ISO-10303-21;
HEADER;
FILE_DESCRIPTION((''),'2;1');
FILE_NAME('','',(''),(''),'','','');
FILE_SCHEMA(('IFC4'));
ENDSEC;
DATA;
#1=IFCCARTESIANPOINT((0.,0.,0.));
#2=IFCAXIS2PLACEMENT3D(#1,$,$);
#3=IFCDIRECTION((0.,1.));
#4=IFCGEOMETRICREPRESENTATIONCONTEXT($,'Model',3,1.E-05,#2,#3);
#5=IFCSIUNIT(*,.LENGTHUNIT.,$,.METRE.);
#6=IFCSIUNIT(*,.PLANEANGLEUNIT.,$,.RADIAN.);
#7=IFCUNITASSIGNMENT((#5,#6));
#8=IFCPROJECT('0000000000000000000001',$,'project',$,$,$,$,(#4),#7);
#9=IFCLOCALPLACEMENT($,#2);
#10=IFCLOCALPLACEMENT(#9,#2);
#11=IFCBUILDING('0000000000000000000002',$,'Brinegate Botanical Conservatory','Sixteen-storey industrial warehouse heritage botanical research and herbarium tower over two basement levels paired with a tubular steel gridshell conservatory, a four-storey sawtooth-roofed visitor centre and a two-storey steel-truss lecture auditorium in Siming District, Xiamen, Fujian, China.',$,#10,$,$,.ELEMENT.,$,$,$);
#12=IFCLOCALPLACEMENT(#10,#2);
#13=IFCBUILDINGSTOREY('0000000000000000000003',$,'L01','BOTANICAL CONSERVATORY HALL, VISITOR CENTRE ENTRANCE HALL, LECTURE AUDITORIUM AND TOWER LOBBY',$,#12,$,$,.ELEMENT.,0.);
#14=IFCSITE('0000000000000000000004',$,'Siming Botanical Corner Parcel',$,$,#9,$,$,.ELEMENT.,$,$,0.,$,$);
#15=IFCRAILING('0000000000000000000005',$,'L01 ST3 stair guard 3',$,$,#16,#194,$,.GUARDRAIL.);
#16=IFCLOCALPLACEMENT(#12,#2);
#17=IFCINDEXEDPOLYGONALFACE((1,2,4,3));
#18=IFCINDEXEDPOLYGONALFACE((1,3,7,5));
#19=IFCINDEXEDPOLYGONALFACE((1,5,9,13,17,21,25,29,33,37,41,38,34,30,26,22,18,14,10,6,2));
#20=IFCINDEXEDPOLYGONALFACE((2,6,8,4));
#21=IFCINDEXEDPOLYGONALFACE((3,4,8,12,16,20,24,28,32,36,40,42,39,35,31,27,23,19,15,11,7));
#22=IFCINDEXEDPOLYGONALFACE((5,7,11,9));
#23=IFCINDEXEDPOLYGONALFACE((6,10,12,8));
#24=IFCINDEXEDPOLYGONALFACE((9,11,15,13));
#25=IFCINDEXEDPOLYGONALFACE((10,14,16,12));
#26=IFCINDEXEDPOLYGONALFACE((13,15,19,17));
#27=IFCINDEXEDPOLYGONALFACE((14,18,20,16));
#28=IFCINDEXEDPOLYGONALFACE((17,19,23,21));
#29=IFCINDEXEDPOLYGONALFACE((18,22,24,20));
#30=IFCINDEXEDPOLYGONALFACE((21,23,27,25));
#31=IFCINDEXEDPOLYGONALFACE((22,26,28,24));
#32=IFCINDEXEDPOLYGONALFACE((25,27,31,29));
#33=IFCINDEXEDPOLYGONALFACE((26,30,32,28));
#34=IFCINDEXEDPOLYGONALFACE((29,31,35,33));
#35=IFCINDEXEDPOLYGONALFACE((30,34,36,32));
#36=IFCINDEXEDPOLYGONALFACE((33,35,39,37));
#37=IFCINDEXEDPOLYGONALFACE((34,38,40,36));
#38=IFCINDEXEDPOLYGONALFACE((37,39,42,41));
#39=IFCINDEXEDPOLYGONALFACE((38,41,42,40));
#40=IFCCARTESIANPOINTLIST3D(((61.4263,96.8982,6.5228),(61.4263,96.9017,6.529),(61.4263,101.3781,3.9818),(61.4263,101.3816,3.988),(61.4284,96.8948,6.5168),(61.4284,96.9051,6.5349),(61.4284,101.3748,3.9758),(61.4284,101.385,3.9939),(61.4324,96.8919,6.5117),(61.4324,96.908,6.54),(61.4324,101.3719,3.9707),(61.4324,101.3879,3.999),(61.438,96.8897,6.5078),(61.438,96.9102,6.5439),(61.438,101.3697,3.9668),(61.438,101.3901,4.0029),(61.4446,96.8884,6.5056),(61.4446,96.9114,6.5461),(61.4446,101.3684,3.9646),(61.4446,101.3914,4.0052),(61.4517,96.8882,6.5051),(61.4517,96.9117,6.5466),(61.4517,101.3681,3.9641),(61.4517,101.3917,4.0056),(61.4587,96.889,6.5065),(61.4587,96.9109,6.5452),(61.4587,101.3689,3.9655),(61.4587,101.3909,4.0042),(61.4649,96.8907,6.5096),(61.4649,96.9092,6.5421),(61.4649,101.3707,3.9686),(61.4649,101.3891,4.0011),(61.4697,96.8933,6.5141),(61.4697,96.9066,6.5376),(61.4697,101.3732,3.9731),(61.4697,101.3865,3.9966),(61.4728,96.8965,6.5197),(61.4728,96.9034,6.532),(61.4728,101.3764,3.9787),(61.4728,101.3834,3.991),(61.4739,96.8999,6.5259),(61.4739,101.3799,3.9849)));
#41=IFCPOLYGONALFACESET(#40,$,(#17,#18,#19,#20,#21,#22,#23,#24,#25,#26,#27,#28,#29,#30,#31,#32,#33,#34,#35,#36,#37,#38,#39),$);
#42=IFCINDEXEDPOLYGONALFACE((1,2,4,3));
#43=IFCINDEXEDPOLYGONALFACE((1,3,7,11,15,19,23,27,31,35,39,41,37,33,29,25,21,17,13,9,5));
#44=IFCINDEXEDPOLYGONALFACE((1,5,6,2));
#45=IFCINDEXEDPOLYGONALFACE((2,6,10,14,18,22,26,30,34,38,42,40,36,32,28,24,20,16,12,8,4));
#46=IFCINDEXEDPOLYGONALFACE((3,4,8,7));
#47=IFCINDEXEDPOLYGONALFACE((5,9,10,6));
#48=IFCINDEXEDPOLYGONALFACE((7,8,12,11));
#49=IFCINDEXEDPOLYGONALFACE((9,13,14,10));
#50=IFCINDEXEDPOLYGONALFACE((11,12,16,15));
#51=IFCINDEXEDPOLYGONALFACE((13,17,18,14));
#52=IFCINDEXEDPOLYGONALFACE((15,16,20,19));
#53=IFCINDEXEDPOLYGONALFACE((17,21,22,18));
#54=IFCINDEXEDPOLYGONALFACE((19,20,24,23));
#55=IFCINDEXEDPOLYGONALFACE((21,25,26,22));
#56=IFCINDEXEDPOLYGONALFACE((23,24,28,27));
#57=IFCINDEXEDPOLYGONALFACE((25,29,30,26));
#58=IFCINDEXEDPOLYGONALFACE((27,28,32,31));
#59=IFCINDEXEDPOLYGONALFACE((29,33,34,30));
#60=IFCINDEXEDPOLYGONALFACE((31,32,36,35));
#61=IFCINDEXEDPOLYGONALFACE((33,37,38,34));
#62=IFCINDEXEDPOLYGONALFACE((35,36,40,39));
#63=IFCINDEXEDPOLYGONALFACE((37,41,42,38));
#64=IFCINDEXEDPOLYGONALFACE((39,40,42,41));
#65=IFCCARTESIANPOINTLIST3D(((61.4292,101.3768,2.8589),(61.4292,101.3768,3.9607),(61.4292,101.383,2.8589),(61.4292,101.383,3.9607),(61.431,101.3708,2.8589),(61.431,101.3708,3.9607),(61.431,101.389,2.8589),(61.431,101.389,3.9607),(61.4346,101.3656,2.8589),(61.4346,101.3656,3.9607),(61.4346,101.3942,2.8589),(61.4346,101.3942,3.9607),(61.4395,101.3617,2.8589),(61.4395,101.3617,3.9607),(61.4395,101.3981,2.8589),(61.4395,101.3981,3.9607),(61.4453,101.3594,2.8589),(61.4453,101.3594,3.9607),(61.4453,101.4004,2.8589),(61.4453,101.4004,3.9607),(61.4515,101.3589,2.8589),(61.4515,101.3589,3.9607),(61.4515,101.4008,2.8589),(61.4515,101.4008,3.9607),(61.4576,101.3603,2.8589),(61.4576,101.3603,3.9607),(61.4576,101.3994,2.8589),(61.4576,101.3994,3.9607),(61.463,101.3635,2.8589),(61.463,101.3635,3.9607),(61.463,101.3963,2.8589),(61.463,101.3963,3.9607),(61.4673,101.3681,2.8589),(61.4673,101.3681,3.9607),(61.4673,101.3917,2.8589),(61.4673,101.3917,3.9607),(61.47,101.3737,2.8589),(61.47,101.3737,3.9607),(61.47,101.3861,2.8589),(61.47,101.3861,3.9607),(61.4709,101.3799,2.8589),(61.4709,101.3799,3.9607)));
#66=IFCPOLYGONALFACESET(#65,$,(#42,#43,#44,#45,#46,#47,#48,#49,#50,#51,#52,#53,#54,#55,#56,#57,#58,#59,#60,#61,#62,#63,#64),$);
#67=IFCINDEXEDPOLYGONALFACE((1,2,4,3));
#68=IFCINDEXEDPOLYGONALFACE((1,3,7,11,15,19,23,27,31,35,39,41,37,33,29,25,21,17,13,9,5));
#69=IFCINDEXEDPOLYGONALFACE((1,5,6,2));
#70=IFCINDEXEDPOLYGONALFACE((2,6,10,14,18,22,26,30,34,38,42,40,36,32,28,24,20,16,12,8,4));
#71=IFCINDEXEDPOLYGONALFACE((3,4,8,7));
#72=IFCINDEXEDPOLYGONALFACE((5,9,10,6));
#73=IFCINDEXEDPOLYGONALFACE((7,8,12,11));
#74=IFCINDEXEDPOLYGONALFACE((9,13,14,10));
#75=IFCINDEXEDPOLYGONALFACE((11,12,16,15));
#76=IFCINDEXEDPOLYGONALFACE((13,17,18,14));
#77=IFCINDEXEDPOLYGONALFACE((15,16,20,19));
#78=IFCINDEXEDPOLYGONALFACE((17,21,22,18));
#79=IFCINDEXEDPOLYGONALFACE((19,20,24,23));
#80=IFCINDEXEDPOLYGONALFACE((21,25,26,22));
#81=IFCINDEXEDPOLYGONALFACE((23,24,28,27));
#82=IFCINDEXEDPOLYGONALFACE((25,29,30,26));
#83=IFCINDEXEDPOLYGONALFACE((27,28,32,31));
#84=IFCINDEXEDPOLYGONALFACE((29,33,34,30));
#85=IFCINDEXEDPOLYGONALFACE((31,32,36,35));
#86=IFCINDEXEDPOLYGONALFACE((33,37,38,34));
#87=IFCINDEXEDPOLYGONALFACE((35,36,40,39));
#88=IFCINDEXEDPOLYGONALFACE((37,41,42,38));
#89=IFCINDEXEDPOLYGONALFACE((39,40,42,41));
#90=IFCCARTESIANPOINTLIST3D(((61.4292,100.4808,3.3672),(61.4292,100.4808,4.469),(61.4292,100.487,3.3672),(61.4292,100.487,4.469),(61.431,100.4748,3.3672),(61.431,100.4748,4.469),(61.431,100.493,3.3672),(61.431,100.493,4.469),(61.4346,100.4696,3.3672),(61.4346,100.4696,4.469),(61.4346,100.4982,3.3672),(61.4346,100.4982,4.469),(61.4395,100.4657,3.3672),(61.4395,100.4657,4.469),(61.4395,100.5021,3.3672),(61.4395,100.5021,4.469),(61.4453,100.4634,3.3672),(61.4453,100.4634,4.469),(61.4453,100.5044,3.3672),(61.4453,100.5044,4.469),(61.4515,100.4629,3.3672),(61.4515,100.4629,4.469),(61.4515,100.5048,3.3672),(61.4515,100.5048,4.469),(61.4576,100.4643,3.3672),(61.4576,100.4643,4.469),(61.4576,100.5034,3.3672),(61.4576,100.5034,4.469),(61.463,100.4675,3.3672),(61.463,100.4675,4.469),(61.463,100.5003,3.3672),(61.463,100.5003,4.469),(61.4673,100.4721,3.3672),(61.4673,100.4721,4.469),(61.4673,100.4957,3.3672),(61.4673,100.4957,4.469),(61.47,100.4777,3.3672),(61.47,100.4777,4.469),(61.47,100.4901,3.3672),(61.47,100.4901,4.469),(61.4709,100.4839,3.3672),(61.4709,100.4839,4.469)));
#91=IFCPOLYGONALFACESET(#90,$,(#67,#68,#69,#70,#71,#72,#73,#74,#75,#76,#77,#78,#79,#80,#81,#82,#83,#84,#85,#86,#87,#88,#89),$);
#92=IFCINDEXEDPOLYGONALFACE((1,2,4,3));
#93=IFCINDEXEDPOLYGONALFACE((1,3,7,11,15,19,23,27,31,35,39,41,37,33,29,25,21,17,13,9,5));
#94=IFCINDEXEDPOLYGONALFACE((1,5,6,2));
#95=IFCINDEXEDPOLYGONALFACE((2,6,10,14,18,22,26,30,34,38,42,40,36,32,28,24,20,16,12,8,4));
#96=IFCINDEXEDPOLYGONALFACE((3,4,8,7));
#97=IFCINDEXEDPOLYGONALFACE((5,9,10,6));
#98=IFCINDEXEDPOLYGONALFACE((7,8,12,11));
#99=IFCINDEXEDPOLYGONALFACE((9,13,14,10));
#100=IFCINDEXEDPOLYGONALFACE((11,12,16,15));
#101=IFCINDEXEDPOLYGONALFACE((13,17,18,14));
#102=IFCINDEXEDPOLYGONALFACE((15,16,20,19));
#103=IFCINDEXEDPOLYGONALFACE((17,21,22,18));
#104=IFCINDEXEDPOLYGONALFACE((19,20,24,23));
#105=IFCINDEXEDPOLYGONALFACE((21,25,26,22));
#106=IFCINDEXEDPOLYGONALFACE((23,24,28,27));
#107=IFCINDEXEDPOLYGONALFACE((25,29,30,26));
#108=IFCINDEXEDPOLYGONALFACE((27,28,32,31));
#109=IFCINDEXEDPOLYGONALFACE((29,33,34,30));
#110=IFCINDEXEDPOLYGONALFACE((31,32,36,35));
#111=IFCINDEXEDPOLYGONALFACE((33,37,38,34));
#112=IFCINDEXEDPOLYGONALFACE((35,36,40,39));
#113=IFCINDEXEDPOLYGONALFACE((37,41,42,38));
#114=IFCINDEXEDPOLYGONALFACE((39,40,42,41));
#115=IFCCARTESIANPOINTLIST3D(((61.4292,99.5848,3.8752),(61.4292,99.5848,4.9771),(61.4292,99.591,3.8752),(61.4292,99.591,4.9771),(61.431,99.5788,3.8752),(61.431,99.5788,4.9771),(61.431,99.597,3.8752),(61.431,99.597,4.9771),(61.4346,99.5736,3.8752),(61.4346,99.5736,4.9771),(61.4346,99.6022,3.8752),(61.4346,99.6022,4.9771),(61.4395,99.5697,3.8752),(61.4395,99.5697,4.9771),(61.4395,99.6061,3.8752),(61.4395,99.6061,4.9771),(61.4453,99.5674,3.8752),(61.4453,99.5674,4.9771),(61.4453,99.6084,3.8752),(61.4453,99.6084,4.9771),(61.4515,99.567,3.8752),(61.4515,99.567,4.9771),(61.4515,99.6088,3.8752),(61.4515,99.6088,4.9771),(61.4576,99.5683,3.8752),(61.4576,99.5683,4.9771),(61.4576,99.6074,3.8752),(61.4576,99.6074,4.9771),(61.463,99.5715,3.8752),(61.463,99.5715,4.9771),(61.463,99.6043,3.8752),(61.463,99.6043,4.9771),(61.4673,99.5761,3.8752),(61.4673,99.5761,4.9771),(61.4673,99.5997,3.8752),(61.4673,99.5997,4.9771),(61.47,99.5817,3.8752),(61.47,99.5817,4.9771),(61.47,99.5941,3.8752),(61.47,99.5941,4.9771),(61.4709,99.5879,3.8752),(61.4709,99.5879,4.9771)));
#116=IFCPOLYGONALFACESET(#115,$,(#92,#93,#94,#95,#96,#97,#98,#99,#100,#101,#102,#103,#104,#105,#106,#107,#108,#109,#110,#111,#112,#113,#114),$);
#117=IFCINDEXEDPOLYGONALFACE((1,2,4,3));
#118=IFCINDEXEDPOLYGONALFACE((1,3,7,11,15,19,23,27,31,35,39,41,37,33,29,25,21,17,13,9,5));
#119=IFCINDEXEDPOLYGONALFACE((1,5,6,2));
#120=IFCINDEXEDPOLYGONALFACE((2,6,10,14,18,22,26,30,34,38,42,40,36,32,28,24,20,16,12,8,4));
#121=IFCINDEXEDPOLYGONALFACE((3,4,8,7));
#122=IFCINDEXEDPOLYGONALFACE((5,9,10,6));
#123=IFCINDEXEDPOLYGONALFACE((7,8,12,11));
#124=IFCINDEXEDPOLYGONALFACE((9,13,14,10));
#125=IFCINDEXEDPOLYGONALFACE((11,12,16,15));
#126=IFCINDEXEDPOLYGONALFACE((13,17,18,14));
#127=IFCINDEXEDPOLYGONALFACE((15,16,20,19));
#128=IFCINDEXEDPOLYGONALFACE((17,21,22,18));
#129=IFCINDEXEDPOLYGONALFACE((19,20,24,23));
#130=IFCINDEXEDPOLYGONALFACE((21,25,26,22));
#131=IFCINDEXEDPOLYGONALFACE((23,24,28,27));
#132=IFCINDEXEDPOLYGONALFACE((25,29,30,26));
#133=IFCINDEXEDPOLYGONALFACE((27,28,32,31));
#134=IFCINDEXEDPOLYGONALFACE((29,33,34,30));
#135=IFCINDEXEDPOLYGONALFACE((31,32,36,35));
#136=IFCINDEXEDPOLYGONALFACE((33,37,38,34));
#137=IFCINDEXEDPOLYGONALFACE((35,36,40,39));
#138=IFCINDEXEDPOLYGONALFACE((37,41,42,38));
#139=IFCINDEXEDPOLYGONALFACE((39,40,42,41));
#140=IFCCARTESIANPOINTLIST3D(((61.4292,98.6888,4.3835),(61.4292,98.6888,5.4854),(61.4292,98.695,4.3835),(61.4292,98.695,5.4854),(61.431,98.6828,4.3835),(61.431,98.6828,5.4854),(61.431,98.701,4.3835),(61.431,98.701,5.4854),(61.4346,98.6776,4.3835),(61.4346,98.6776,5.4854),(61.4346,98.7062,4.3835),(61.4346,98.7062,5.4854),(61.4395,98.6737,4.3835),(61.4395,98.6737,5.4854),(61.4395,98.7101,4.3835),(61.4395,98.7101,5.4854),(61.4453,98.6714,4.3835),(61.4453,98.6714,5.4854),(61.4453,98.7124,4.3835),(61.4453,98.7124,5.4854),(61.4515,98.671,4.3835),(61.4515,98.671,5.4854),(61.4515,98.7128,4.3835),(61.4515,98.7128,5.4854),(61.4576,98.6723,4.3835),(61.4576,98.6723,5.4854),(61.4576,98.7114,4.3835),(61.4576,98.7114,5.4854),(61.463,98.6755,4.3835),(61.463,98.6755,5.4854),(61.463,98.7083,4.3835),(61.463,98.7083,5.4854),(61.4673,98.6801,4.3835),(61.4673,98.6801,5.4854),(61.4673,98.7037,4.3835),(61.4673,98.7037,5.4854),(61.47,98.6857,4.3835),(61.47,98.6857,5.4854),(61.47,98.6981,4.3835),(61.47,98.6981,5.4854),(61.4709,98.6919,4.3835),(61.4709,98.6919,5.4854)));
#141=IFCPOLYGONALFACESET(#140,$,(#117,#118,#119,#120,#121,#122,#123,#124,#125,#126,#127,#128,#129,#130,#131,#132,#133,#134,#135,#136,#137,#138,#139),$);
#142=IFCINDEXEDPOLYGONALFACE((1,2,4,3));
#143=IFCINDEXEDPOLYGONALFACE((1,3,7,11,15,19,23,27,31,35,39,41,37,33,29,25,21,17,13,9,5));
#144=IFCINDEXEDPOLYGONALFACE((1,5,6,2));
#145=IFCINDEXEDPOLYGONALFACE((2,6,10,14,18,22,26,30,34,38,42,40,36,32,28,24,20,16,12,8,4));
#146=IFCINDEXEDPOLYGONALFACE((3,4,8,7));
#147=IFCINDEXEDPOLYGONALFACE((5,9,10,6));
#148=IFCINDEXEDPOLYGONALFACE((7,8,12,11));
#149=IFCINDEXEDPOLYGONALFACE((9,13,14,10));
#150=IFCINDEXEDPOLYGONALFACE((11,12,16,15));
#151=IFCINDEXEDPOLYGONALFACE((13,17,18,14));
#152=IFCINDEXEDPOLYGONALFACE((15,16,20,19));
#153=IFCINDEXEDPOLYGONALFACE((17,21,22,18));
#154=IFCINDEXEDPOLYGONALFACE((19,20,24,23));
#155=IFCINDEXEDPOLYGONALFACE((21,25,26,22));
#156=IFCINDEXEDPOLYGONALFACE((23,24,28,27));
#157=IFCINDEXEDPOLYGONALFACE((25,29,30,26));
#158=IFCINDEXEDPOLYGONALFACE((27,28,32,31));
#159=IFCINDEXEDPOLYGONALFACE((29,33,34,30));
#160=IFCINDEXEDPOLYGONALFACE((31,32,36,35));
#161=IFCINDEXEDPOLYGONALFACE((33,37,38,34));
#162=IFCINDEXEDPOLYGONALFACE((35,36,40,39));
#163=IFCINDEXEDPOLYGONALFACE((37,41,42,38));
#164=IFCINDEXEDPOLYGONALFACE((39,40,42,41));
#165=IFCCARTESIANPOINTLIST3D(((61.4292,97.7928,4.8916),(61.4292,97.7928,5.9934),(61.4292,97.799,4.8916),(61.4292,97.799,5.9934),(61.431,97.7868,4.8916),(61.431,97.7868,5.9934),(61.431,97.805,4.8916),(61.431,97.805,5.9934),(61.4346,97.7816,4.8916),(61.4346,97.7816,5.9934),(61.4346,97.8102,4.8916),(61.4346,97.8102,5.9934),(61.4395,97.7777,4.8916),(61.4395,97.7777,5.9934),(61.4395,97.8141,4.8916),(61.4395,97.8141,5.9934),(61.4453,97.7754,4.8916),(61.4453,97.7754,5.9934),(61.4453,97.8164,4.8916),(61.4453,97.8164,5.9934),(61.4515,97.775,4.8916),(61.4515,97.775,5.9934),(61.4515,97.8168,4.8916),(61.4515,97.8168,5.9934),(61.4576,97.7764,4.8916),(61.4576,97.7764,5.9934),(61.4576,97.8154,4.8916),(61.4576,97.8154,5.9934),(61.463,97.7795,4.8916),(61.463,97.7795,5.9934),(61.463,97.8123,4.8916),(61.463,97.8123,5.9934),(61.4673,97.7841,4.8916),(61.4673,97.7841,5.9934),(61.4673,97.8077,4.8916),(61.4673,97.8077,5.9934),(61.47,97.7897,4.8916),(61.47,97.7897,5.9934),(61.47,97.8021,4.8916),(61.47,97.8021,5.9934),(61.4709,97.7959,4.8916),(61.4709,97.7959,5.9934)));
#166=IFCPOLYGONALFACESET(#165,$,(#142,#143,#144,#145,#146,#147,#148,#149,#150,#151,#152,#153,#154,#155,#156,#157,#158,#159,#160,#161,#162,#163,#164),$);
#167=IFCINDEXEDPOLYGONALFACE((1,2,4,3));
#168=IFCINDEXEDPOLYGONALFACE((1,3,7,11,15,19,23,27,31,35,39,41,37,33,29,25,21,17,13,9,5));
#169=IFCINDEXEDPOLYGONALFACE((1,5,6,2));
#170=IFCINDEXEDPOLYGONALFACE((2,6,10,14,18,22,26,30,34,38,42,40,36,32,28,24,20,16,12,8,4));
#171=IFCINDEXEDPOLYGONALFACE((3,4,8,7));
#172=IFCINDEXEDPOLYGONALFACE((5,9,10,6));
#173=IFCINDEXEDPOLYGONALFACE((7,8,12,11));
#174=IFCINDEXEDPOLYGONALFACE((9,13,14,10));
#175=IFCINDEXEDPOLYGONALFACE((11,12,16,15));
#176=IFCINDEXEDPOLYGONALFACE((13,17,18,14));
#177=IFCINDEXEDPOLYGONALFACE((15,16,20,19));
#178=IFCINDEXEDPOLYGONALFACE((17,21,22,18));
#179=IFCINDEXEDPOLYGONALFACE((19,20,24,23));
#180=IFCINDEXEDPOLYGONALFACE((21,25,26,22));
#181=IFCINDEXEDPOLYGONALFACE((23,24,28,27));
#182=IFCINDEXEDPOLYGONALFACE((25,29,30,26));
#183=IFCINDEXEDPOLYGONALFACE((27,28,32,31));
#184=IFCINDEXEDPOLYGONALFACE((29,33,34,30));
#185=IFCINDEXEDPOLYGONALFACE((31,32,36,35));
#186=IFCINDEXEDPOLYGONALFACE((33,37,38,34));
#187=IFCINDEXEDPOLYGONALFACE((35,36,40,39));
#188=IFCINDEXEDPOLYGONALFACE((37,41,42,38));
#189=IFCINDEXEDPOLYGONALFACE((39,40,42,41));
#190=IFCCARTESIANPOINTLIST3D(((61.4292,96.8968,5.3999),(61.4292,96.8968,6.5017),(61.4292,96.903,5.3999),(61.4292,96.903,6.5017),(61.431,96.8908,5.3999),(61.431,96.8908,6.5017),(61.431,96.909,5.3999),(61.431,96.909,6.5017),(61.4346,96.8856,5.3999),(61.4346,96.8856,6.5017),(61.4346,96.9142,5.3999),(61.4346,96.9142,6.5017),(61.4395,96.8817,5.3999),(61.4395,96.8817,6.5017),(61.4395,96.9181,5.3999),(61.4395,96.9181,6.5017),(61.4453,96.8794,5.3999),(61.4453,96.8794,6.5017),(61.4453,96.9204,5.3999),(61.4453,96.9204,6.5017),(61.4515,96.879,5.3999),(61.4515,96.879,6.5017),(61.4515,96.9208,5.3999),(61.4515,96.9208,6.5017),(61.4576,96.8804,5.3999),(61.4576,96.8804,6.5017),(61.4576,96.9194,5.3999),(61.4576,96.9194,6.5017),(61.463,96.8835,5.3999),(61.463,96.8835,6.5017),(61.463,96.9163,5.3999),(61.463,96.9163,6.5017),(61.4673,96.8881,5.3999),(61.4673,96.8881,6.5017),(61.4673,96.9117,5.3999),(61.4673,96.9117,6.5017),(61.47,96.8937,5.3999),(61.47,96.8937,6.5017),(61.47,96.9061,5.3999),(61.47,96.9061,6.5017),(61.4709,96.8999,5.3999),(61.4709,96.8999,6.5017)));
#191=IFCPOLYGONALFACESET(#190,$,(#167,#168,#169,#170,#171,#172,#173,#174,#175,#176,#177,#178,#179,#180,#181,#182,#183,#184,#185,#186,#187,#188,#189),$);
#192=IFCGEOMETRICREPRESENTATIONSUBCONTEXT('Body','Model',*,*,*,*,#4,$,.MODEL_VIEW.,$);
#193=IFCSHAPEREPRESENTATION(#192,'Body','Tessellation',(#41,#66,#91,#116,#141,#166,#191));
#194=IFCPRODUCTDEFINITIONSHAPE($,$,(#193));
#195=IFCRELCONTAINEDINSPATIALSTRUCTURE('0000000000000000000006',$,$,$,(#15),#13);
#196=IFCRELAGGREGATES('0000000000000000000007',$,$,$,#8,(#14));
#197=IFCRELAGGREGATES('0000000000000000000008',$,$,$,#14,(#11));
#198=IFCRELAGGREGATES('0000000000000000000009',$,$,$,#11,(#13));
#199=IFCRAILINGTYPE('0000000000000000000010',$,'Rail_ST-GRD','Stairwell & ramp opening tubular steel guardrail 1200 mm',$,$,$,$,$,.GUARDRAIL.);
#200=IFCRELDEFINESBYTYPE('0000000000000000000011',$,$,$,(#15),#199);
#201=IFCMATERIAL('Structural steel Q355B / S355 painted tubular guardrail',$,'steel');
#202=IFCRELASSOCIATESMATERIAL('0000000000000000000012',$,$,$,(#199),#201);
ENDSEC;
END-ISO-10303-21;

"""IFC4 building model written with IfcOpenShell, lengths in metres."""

from ifc_helpers import new_model, si_unit, direction, frame, origin, origin_2d, place, context, subcontext, project, spatial, circle, extrude, material, type_object, element, save


model = new_model("IFC4")

# Units and contexts
model_context = context("Model", 3, precision=1e-05, world=origin(), true_north=direction((0.0, 1.0)))
body_context = subcontext(model_context, "Body", "Model", "MODEL_VIEW")
ifc_project = project(units=[si_unit("LENGTHUNIT", "METRE"), si_unit("PLANEANGLEUNIT", "RADIAN")], contexts=[model_context])

# Site, building, storey
site_placement = place(None, origin())
site = spatial("IfcSite", under=ifc_project, at=site_placement, Name="Siming Botanical Corner Parcel", CompositionType="ELEMENT", RefElevation=0.0)
building_placement = place(site_placement, origin())
building = spatial("IfcBuilding", under=site, at=building_placement, Name="Brinegate Botanical Conservatory", Description="Sixteen-storey industrial warehouse heritage botanical research and herbarium tower over two basement levels paired with a tubular steel gridshell conservatory, a four-storey sawtooth-roofed visitor centre and a two-storey steel-truss lecture auditorium in Siming District, Xiamen, Fujian, China.", CompositionType="ELEMENT")
storey_placement = place(building_placement, origin())
storey = spatial("IfcBuildingStorey", under=building, at=storey_placement, Name="L01", Description="BOTANICAL CONSERVATORY HALL, VISITOR CENTRE ENTRANCE HALL, LECTURE AUDITORIUM AND TOWER LOBBY", CompositionType="ELEMENT", Elevation=0.0)

# Railing
ifc_material_1 = material(Name="Structural steel Q355B / S355 painted tubular guardrail", Category="steel")
railing_type_1 = type_object("IfcRailingType", Name="Rail_ST-GRD", Description="Stairwell & ramp opening tubular steel guardrail 1200 mm", PredefinedType="GUARDRAIL", material=ifc_material_1)
railing_1_placement = place(storey_placement, frame((61.45, 101.3799, 2.8589)))
element("IfcRailing", 1, at=railing_1_placement, inside=storey, type_object=railing_type_1, Name="L01 ST3 stair guard 3", PredefinedType="GUARDRAIL", context=body_context, shape_type="SweptSolid", body=[
    extrude(circle(Radius=0.0239, at=origin_2d()), frame((0.0, 0.0, 1.126), z_axis=(0.0, -0.869826, 0.493359), x_axis=(1.0, 0.0, 0.0)), (0.0, 0.0, 1.0), 5.1504),
    extrude(circle(Radius=0.021, at=origin_2d()), origin(), (0.0, 0.0, 1.0), 1.1018),
    extrude(circle(Radius=0.021, at=origin_2d()), frame((0.0, -0.896, 0.5083)), (0.0, 0.0, 1.0), 1.1018),
    extrude(circle(Radius=0.021, at=origin_2d()), frame((0.0, -1.792, 1.0164)), (0.0, 0.0, 1.0), 1.1018),
    extrude(circle(Radius=0.021, at=origin_2d()), frame((0.0, -2.688, 1.5247)), (0.0, 0.0, 1.0), 1.1018),
    extrude(circle(Radius=0.021, at=origin_2d()), frame((0.0, -3.584, 2.0327)), (0.0, 0.0, 1.0), 1.1018),
    extrude(circle(Radius=0.021, at=origin_2d()), frame((0.0, -4.48, 2.541)), (0.0, 0.0, 1.0), 1.1018),
])

save(model, "model.ifc")
